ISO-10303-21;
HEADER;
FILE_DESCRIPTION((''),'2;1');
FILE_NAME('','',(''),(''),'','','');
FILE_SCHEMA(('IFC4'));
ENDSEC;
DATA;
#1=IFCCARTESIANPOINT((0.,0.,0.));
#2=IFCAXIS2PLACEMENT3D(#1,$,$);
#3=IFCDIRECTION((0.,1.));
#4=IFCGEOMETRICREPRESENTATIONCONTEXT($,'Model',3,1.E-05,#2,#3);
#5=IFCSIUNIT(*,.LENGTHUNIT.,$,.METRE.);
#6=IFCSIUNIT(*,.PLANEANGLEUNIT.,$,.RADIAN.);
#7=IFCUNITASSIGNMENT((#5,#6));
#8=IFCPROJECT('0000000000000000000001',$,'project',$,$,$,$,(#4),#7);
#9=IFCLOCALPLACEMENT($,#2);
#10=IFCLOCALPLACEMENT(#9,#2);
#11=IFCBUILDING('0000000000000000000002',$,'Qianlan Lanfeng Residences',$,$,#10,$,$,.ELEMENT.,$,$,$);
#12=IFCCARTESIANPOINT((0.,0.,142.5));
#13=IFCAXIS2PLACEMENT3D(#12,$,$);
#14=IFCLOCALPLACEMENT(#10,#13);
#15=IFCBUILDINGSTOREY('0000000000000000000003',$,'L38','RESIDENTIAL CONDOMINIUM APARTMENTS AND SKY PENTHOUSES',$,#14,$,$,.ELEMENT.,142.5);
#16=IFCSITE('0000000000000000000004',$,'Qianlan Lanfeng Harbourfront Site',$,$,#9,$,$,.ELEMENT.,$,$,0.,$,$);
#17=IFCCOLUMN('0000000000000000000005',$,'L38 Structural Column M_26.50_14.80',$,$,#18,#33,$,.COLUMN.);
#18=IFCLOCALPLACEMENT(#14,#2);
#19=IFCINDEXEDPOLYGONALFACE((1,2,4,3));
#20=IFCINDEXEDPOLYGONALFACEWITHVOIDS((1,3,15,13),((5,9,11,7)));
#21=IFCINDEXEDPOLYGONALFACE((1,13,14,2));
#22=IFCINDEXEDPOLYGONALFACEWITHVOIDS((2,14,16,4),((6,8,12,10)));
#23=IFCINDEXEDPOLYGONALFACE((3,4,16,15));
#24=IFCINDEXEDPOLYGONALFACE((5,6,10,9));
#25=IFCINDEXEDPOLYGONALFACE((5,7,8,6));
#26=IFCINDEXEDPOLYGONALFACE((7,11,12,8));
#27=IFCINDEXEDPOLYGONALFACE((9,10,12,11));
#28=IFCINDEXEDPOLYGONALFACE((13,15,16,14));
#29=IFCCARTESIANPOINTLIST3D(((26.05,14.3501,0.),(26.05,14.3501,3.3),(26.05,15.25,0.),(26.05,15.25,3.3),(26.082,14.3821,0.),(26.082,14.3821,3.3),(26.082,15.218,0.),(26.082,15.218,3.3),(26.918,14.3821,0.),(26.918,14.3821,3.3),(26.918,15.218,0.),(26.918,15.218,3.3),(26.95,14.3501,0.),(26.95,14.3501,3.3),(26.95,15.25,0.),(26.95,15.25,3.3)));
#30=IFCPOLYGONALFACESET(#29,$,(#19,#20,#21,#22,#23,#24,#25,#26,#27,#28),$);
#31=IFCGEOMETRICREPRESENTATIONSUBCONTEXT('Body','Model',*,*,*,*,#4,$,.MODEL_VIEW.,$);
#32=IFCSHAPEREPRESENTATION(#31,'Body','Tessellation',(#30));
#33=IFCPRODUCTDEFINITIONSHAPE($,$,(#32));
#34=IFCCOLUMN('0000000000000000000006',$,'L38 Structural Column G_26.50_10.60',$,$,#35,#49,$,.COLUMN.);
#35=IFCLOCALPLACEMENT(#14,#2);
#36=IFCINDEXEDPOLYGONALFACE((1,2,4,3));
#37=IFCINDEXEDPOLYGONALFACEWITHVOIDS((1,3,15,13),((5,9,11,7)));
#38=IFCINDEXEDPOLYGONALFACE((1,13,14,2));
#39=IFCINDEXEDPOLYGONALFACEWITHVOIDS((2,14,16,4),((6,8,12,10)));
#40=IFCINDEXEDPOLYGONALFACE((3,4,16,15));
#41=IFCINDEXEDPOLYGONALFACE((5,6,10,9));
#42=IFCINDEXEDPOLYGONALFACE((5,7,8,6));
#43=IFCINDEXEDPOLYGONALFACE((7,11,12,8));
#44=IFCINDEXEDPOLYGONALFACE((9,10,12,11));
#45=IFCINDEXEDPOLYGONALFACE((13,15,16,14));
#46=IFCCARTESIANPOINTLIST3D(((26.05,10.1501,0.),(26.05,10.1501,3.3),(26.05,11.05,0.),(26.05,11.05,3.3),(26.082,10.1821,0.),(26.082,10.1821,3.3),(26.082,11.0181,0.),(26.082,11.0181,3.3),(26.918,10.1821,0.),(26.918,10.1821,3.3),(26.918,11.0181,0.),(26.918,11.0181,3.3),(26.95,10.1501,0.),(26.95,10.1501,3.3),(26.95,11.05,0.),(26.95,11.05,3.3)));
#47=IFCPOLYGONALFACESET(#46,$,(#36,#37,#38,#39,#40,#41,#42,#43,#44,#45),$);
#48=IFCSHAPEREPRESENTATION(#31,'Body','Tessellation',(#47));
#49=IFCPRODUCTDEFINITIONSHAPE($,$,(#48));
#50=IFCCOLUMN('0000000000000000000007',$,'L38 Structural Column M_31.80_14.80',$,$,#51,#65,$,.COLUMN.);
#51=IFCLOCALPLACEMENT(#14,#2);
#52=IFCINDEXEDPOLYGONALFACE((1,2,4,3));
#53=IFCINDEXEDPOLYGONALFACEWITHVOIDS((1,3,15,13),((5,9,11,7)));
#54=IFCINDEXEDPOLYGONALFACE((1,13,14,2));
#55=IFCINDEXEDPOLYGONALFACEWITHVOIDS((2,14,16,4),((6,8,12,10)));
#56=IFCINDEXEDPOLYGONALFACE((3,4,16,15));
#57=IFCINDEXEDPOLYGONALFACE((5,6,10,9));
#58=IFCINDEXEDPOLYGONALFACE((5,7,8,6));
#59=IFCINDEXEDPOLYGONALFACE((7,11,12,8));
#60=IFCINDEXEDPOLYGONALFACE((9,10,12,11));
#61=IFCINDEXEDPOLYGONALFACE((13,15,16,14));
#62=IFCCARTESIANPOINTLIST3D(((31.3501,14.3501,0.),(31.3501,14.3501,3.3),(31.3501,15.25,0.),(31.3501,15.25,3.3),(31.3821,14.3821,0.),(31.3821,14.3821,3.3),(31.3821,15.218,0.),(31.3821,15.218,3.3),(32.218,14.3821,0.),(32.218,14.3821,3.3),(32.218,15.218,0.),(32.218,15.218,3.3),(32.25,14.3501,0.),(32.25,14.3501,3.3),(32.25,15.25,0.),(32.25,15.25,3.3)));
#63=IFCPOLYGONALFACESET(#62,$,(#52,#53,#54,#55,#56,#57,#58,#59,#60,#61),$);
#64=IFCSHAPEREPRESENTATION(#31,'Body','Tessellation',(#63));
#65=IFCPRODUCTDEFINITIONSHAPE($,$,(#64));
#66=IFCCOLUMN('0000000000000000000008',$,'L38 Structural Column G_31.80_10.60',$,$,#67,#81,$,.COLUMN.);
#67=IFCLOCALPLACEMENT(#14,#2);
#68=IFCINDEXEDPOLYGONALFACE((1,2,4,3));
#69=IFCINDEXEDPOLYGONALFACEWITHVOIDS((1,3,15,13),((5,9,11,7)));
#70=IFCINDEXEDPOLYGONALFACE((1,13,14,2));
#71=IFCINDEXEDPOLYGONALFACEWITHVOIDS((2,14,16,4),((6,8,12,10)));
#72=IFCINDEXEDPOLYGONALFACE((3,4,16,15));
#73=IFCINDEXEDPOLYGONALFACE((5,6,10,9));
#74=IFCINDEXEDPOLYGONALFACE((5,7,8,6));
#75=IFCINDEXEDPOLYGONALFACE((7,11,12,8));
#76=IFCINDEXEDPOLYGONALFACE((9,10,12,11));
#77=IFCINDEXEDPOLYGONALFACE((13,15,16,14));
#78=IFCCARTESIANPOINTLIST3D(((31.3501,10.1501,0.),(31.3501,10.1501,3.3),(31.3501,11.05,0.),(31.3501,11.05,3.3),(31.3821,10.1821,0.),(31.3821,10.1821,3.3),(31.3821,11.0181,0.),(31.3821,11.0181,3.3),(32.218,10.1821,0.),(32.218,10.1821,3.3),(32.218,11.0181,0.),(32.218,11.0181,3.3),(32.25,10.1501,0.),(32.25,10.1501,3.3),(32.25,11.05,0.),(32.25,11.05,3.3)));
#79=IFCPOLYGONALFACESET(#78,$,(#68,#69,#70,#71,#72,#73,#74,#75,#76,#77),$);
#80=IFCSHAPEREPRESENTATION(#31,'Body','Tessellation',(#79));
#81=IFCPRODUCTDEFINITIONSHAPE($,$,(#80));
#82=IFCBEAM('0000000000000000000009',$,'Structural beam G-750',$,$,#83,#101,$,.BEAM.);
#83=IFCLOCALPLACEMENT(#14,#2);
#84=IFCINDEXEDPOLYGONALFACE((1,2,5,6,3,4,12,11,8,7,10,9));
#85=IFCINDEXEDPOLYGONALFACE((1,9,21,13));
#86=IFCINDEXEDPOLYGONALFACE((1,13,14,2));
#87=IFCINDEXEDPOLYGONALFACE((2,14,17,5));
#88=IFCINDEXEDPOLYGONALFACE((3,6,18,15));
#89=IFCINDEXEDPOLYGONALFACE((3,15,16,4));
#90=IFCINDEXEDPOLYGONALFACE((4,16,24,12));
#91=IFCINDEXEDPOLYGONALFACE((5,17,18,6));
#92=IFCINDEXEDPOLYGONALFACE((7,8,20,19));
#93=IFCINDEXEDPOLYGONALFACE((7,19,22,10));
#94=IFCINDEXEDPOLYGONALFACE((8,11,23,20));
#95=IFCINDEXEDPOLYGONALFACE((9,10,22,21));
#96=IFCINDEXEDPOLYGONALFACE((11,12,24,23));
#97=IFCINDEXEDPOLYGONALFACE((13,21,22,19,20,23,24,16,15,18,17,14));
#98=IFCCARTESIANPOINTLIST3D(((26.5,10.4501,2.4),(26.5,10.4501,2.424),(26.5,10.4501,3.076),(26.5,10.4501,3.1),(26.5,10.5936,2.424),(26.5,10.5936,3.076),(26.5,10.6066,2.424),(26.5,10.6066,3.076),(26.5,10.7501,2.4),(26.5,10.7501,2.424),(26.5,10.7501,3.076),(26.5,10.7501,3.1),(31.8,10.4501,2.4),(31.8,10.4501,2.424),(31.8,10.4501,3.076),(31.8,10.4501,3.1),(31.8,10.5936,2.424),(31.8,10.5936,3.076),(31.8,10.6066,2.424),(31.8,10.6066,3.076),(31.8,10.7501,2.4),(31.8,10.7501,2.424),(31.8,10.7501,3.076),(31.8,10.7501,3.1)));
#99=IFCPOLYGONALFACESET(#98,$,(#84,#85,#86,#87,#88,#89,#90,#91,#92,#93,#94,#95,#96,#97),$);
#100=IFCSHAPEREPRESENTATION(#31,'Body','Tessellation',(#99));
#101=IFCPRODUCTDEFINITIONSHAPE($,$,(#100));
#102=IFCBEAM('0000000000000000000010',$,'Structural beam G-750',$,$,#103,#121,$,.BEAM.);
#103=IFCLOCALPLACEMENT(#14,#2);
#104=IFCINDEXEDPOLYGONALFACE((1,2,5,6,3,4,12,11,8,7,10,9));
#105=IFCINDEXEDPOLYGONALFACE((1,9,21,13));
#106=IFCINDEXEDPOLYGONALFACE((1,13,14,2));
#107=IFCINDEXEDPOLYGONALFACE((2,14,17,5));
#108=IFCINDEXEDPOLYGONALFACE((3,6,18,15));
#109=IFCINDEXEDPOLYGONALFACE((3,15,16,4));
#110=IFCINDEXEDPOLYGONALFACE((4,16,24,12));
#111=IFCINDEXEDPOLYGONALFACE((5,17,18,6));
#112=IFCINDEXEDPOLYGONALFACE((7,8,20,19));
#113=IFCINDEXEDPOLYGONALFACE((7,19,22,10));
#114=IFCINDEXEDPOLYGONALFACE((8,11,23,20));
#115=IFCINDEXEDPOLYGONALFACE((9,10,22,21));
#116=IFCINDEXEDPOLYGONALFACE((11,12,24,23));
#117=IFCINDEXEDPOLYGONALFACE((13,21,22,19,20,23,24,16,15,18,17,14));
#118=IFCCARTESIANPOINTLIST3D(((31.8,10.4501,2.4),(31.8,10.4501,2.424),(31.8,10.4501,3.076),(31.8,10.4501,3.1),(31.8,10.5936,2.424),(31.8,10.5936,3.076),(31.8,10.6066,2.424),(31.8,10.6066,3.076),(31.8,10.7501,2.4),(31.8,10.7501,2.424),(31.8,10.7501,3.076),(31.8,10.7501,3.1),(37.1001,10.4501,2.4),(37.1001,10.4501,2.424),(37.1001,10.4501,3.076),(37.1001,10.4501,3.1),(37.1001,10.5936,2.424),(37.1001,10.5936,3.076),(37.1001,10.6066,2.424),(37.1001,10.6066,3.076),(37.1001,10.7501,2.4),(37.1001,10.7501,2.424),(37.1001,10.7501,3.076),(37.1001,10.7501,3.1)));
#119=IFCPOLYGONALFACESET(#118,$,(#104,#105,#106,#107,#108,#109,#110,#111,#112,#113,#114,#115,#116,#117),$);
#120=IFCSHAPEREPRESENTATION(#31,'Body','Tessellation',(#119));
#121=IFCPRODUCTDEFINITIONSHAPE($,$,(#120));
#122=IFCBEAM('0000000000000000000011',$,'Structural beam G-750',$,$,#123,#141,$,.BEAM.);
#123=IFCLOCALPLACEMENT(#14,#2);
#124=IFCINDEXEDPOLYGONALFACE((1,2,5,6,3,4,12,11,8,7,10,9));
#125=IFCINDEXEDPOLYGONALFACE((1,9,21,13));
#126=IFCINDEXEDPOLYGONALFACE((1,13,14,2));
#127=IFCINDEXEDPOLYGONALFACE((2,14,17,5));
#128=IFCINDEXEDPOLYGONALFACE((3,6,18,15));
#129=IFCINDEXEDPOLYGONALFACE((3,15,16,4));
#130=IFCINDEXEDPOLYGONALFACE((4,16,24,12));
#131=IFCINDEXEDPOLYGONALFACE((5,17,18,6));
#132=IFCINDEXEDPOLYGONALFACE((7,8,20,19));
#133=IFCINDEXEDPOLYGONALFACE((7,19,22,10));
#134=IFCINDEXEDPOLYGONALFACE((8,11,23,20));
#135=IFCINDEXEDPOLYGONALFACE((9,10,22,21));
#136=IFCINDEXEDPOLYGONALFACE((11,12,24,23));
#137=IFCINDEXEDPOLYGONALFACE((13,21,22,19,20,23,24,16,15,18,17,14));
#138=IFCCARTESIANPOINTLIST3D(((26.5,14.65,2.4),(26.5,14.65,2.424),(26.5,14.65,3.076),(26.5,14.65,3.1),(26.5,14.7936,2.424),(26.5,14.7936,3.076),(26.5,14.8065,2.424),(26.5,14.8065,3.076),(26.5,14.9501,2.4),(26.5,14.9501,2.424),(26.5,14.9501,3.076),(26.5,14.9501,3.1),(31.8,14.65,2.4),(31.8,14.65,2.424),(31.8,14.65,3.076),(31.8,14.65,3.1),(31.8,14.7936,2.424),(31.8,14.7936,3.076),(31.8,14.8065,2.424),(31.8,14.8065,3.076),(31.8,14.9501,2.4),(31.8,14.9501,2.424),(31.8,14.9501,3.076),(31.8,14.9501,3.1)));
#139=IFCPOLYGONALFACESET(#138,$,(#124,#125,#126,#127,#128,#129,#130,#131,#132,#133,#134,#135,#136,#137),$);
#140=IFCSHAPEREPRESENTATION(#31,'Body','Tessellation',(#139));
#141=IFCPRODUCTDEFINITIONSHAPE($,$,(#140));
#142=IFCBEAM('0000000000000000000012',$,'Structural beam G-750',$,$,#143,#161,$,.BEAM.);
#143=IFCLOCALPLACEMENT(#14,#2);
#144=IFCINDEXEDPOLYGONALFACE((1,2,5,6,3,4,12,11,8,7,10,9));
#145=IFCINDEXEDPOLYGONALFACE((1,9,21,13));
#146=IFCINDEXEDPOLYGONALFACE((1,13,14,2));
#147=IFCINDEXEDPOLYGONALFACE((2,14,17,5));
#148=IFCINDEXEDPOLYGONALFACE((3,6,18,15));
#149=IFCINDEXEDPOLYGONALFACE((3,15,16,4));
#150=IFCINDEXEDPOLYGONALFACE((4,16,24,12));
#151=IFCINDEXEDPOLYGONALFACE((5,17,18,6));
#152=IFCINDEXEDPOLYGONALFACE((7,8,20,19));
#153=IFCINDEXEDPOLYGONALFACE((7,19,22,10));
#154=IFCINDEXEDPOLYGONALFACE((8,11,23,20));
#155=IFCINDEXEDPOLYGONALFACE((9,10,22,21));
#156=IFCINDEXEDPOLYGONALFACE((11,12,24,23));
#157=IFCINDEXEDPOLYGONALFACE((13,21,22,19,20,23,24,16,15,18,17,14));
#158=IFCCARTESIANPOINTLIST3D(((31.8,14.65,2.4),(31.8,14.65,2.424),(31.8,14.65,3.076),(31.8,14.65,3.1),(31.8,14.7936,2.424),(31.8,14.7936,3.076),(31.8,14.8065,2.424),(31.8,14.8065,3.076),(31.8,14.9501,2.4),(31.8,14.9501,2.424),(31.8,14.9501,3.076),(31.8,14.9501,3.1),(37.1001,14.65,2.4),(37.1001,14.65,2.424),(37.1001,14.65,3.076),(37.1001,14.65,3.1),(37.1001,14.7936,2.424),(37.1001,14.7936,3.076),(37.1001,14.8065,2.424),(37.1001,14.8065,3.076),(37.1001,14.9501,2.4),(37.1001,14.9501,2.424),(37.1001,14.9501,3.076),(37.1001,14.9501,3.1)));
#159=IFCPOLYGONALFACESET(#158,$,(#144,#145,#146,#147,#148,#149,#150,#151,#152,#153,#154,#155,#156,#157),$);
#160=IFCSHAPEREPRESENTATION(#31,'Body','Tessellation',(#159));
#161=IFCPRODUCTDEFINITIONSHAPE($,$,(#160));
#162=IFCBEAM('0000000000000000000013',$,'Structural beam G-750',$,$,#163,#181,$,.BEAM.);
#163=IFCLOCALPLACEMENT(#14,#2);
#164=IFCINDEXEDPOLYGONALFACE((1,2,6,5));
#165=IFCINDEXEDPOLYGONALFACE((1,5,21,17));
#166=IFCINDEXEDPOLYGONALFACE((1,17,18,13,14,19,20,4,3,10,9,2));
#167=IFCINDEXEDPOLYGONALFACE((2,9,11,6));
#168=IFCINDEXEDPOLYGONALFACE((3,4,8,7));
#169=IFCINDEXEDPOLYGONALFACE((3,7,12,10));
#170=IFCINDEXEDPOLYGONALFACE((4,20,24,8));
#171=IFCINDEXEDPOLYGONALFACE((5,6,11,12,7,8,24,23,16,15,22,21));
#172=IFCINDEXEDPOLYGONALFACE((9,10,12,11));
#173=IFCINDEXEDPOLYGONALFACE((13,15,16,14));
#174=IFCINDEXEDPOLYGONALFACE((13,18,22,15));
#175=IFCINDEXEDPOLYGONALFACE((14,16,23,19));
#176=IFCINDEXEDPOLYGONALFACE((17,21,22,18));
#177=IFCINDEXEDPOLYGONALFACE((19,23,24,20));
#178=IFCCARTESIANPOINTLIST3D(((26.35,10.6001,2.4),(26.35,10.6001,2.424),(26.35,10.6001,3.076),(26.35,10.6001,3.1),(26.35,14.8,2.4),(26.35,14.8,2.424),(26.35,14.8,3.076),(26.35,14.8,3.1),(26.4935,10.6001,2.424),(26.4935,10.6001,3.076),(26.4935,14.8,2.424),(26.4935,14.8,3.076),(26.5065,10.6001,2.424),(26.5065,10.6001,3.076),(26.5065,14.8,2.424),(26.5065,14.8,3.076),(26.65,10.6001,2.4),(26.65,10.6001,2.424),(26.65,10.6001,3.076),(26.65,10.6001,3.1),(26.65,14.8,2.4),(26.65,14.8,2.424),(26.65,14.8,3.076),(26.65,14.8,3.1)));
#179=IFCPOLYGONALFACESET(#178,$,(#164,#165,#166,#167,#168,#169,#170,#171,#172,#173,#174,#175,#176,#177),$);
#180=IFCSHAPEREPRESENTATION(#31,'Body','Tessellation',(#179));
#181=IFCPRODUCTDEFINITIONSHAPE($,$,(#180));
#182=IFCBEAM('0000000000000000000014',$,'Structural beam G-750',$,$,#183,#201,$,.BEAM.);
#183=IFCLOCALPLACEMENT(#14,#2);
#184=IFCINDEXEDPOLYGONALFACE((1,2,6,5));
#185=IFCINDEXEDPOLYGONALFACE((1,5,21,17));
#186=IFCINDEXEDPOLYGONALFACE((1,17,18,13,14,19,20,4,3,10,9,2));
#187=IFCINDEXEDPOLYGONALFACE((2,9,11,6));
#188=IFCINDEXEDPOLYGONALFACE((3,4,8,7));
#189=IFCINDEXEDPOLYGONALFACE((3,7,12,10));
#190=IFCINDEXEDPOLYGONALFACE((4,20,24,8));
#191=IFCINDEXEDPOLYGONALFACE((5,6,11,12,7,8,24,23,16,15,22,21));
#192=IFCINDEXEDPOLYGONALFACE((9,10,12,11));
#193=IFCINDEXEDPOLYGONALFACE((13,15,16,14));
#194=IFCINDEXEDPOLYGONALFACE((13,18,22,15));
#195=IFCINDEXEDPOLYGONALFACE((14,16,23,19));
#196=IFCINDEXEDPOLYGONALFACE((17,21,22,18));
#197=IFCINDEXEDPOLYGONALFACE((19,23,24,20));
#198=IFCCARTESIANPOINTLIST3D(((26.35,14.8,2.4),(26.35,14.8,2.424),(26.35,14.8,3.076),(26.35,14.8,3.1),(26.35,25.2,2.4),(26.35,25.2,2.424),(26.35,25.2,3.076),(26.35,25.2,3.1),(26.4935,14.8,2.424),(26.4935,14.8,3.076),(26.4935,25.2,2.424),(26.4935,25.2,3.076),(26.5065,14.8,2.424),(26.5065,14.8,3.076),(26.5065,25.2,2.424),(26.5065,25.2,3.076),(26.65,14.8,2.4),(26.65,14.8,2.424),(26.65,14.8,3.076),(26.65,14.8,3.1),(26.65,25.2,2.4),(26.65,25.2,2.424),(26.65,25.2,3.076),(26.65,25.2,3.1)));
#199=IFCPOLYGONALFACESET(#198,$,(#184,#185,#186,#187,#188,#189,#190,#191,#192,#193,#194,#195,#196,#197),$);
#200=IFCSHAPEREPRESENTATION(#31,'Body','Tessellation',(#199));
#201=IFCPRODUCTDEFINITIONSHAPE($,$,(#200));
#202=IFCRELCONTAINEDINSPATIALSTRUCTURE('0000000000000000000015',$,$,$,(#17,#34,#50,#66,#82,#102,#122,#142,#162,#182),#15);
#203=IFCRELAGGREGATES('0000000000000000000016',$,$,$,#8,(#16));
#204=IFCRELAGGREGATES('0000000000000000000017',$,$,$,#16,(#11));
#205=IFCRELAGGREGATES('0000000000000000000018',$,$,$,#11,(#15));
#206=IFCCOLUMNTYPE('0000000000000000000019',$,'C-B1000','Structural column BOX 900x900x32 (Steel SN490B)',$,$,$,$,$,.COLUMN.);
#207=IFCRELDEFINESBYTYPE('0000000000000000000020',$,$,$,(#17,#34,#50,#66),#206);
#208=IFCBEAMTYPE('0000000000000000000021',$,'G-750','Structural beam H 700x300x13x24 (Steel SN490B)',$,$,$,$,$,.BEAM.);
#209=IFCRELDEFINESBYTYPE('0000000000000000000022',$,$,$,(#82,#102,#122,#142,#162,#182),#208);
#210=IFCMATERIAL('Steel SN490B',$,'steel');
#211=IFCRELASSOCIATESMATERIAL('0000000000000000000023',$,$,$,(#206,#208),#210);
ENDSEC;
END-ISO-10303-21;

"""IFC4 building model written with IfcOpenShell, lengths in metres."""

from ifc_helpers import new_model, si_unit, direction, frame, origin, origin_2d, place, context, subcontext, project, spatial, hollow_rectangle, i_section, extrude, material, material_profile, profile_set, type_object, element, save


model = new_model("IFC4")

# Units and contexts
model_context = context("Model", 3, precision=1e-05, world=origin(), true_north=direction((0.0, 1.0)))
body_context = subcontext(model_context, "Body", "Model", "MODEL_VIEW")
ifc_project = project(units=[si_unit("LENGTHUNIT", "METRE"), si_unit("PLANEANGLEUNIT", "RADIAN")], contexts=[model_context])

# Site, building, storey
site_placement = place(None, origin())
site = spatial("IfcSite", under=ifc_project, at=site_placement, Name="Qianlan Lanfeng Harbourfront Site", CompositionType="ELEMENT", RefElevation=0.0)
building_placement = place(site_placement, origin())
building = spatial("IfcBuilding", under=site, at=building_placement, Name="Qianlan Lanfeng Residences", CompositionType="ELEMENT")
storey_placement = place(building_placement, frame((0.0, 0.0, 142.5)))
storey = spatial("IfcBuildingStorey", under=building, at=storey_placement, Name="L38", Description="RESIDENTIAL CONDOMINIUM APARTMENTS AND SKY PENTHOUSES", CompositionType="ELEMENT", Elevation=142.5)

# Columns
ifc_material_1 = material(Name="Steel SN490B", Category="steel")
ifc_material_profile_1 = material_profile(ifc_material_1, hollow_rectangle(XDim=0.8999, YDim=0.8999, WallThickness=0.032, at=origin_2d()), Name="BOX 900x900x32")
ifc_profile_set_1 = profile_set([ifc_material_profile_1], Name="Steel SN490B")
column_type = type_object("IfcColumnType", Name="C-B1000", Description="Structural column BOX 900x900x32 (Steel SN490B)", PredefinedType="COLUMN", material=ifc_profile_set_1)
for number, where, z_axis, x_axis, name in (
    (1, (26.5, 14.8, 0.0), (0.0, 0.0, 1.0), (1.0, 0.0, 0.0), "L38 Structural Column M_26.50_14.80"),
    (2, (26.5, 10.6001, 0.0), (0.0, 0.0, 1.0), (1.0, 0.0, 0.0), "L38 Structural Column G_26.50_10.60"),
    (3, (31.8, 14.8, 0.0), (0.0, 0.0, 1.0), (1.0, 0.0, 0.0), "L38 Structural Column M_31.80_14.80"),
    (4, (31.8, 10.6001, 0.0), (0.0, 0.0, 1.0), (1.0, 0.0, 0.0), "L38 Structural Column G_31.80_10.60"),
):
    element("IfcColumn", number, at=place(storey_placement, frame(where, z_axis=z_axis, x_axis=x_axis)), inside=storey, type_object=column_type, Name=name, PredefinedType="COLUMN", context=body_context, shape_type="SweptSolid", body=[
        extrude(hollow_rectangle(XDim=0.8999, YDim=0.8999, WallThickness=0.032, at=origin_2d()), origin(), (0.0, 0.0, 1.0), 3.3),
    ])

# Beams
ifc_material_profile_2 = material_profile(ifc_material_1, i_section(OverallWidth=0.3, OverallDepth=0.7, WebThickness=0.0129, FlangeThickness=0.0239, at=origin_2d()), Name="H 700x300x13x24")
ifc_profile_set_2 = profile_set([ifc_material_profile_2], Name="Steel SN490B")
beam_type_1 = type_object("IfcBeamType", Name="G-750", Description="Structural beam H 700x300x13x24 (Steel SN490B)", PredefinedType="BEAM", material=ifc_profile_set_2)
for number, where, z_axis, x_axis, name in (
    (5, (26.5, 10.6001, 2.75), (1.0, 0.0, 0.0), (0.0, 1.0, 0.0), "Structural beam G-750"),
    (6, (31.8, 10.6001, 2.75), (1.0, 0.0, 0.0), (0.0, 1.0, 0.0), "Structural beam G-750"),
    (7, (26.5, 14.8, 2.75), (1.0, 0.0, 0.0), (0.0, 1.0, 0.0), "Structural beam G-750"),
    (8, (31.8, 14.8, 2.75), (1.0, 0.0, 0.0), (0.0, 1.0, 0.0), "Structural beam G-750"),
):
    element("IfcBeam", number, at=place(storey_placement, frame(where, z_axis=z_axis, x_axis=x_axis)), inside=storey, type_object=beam_type_1, Name=name, PredefinedType="BEAM", context=body_context, shape_type="SweptSolid", body=[
        extrude(i_section(OverallWidth=0.3, OverallDepth=0.7, WebThickness=0.0129, FlangeThickness=0.0239, at=origin_2d()), origin(), (0.0, 0.0, 1.0), 5.3),
    ])
beam_1_placement = place(storey_placement, frame((26.5, 10.6001, 2.75), z_axis=(0.0, 1.0, 0.0), x_axis=(-1.0, 0.0, 0.0)))
element("IfcBeam", 9, at=beam_1_placement, inside=storey, type_object=beam_type_1, Name="Structural beam G-750", PredefinedType="BEAM", context=body_context, shape_type="SweptSolid", body=[
    extrude(i_section(OverallWidth=0.3, OverallDepth=0.7, WebThickness=0.0129, FlangeThickness=0.0239, at=origin_2d()), origin(), (0.0, 0.0, 1.0), 4.2),
])
beam_2_placement = place(storey_placement, frame((26.5, 14.8, 2.75), z_axis=(0.0, 1.0, 0.0), x_axis=(-1.0, 0.0, 0.0)))
element("IfcBeam", 10, at=beam_2_placement, inside=storey, type_object=beam_type_1, Name="Structural beam G-750", PredefinedType="BEAM", context=body_context, shape_type="SweptSolid", body=[
    extrude(i_section(OverallWidth=0.3, OverallDepth=0.7, WebThickness=0.0129, FlangeThickness=0.0239, at=origin_2d()), origin(), (0.0, 0.0, 1.0), 10.3999),
])

save(model, "model.ifc")
